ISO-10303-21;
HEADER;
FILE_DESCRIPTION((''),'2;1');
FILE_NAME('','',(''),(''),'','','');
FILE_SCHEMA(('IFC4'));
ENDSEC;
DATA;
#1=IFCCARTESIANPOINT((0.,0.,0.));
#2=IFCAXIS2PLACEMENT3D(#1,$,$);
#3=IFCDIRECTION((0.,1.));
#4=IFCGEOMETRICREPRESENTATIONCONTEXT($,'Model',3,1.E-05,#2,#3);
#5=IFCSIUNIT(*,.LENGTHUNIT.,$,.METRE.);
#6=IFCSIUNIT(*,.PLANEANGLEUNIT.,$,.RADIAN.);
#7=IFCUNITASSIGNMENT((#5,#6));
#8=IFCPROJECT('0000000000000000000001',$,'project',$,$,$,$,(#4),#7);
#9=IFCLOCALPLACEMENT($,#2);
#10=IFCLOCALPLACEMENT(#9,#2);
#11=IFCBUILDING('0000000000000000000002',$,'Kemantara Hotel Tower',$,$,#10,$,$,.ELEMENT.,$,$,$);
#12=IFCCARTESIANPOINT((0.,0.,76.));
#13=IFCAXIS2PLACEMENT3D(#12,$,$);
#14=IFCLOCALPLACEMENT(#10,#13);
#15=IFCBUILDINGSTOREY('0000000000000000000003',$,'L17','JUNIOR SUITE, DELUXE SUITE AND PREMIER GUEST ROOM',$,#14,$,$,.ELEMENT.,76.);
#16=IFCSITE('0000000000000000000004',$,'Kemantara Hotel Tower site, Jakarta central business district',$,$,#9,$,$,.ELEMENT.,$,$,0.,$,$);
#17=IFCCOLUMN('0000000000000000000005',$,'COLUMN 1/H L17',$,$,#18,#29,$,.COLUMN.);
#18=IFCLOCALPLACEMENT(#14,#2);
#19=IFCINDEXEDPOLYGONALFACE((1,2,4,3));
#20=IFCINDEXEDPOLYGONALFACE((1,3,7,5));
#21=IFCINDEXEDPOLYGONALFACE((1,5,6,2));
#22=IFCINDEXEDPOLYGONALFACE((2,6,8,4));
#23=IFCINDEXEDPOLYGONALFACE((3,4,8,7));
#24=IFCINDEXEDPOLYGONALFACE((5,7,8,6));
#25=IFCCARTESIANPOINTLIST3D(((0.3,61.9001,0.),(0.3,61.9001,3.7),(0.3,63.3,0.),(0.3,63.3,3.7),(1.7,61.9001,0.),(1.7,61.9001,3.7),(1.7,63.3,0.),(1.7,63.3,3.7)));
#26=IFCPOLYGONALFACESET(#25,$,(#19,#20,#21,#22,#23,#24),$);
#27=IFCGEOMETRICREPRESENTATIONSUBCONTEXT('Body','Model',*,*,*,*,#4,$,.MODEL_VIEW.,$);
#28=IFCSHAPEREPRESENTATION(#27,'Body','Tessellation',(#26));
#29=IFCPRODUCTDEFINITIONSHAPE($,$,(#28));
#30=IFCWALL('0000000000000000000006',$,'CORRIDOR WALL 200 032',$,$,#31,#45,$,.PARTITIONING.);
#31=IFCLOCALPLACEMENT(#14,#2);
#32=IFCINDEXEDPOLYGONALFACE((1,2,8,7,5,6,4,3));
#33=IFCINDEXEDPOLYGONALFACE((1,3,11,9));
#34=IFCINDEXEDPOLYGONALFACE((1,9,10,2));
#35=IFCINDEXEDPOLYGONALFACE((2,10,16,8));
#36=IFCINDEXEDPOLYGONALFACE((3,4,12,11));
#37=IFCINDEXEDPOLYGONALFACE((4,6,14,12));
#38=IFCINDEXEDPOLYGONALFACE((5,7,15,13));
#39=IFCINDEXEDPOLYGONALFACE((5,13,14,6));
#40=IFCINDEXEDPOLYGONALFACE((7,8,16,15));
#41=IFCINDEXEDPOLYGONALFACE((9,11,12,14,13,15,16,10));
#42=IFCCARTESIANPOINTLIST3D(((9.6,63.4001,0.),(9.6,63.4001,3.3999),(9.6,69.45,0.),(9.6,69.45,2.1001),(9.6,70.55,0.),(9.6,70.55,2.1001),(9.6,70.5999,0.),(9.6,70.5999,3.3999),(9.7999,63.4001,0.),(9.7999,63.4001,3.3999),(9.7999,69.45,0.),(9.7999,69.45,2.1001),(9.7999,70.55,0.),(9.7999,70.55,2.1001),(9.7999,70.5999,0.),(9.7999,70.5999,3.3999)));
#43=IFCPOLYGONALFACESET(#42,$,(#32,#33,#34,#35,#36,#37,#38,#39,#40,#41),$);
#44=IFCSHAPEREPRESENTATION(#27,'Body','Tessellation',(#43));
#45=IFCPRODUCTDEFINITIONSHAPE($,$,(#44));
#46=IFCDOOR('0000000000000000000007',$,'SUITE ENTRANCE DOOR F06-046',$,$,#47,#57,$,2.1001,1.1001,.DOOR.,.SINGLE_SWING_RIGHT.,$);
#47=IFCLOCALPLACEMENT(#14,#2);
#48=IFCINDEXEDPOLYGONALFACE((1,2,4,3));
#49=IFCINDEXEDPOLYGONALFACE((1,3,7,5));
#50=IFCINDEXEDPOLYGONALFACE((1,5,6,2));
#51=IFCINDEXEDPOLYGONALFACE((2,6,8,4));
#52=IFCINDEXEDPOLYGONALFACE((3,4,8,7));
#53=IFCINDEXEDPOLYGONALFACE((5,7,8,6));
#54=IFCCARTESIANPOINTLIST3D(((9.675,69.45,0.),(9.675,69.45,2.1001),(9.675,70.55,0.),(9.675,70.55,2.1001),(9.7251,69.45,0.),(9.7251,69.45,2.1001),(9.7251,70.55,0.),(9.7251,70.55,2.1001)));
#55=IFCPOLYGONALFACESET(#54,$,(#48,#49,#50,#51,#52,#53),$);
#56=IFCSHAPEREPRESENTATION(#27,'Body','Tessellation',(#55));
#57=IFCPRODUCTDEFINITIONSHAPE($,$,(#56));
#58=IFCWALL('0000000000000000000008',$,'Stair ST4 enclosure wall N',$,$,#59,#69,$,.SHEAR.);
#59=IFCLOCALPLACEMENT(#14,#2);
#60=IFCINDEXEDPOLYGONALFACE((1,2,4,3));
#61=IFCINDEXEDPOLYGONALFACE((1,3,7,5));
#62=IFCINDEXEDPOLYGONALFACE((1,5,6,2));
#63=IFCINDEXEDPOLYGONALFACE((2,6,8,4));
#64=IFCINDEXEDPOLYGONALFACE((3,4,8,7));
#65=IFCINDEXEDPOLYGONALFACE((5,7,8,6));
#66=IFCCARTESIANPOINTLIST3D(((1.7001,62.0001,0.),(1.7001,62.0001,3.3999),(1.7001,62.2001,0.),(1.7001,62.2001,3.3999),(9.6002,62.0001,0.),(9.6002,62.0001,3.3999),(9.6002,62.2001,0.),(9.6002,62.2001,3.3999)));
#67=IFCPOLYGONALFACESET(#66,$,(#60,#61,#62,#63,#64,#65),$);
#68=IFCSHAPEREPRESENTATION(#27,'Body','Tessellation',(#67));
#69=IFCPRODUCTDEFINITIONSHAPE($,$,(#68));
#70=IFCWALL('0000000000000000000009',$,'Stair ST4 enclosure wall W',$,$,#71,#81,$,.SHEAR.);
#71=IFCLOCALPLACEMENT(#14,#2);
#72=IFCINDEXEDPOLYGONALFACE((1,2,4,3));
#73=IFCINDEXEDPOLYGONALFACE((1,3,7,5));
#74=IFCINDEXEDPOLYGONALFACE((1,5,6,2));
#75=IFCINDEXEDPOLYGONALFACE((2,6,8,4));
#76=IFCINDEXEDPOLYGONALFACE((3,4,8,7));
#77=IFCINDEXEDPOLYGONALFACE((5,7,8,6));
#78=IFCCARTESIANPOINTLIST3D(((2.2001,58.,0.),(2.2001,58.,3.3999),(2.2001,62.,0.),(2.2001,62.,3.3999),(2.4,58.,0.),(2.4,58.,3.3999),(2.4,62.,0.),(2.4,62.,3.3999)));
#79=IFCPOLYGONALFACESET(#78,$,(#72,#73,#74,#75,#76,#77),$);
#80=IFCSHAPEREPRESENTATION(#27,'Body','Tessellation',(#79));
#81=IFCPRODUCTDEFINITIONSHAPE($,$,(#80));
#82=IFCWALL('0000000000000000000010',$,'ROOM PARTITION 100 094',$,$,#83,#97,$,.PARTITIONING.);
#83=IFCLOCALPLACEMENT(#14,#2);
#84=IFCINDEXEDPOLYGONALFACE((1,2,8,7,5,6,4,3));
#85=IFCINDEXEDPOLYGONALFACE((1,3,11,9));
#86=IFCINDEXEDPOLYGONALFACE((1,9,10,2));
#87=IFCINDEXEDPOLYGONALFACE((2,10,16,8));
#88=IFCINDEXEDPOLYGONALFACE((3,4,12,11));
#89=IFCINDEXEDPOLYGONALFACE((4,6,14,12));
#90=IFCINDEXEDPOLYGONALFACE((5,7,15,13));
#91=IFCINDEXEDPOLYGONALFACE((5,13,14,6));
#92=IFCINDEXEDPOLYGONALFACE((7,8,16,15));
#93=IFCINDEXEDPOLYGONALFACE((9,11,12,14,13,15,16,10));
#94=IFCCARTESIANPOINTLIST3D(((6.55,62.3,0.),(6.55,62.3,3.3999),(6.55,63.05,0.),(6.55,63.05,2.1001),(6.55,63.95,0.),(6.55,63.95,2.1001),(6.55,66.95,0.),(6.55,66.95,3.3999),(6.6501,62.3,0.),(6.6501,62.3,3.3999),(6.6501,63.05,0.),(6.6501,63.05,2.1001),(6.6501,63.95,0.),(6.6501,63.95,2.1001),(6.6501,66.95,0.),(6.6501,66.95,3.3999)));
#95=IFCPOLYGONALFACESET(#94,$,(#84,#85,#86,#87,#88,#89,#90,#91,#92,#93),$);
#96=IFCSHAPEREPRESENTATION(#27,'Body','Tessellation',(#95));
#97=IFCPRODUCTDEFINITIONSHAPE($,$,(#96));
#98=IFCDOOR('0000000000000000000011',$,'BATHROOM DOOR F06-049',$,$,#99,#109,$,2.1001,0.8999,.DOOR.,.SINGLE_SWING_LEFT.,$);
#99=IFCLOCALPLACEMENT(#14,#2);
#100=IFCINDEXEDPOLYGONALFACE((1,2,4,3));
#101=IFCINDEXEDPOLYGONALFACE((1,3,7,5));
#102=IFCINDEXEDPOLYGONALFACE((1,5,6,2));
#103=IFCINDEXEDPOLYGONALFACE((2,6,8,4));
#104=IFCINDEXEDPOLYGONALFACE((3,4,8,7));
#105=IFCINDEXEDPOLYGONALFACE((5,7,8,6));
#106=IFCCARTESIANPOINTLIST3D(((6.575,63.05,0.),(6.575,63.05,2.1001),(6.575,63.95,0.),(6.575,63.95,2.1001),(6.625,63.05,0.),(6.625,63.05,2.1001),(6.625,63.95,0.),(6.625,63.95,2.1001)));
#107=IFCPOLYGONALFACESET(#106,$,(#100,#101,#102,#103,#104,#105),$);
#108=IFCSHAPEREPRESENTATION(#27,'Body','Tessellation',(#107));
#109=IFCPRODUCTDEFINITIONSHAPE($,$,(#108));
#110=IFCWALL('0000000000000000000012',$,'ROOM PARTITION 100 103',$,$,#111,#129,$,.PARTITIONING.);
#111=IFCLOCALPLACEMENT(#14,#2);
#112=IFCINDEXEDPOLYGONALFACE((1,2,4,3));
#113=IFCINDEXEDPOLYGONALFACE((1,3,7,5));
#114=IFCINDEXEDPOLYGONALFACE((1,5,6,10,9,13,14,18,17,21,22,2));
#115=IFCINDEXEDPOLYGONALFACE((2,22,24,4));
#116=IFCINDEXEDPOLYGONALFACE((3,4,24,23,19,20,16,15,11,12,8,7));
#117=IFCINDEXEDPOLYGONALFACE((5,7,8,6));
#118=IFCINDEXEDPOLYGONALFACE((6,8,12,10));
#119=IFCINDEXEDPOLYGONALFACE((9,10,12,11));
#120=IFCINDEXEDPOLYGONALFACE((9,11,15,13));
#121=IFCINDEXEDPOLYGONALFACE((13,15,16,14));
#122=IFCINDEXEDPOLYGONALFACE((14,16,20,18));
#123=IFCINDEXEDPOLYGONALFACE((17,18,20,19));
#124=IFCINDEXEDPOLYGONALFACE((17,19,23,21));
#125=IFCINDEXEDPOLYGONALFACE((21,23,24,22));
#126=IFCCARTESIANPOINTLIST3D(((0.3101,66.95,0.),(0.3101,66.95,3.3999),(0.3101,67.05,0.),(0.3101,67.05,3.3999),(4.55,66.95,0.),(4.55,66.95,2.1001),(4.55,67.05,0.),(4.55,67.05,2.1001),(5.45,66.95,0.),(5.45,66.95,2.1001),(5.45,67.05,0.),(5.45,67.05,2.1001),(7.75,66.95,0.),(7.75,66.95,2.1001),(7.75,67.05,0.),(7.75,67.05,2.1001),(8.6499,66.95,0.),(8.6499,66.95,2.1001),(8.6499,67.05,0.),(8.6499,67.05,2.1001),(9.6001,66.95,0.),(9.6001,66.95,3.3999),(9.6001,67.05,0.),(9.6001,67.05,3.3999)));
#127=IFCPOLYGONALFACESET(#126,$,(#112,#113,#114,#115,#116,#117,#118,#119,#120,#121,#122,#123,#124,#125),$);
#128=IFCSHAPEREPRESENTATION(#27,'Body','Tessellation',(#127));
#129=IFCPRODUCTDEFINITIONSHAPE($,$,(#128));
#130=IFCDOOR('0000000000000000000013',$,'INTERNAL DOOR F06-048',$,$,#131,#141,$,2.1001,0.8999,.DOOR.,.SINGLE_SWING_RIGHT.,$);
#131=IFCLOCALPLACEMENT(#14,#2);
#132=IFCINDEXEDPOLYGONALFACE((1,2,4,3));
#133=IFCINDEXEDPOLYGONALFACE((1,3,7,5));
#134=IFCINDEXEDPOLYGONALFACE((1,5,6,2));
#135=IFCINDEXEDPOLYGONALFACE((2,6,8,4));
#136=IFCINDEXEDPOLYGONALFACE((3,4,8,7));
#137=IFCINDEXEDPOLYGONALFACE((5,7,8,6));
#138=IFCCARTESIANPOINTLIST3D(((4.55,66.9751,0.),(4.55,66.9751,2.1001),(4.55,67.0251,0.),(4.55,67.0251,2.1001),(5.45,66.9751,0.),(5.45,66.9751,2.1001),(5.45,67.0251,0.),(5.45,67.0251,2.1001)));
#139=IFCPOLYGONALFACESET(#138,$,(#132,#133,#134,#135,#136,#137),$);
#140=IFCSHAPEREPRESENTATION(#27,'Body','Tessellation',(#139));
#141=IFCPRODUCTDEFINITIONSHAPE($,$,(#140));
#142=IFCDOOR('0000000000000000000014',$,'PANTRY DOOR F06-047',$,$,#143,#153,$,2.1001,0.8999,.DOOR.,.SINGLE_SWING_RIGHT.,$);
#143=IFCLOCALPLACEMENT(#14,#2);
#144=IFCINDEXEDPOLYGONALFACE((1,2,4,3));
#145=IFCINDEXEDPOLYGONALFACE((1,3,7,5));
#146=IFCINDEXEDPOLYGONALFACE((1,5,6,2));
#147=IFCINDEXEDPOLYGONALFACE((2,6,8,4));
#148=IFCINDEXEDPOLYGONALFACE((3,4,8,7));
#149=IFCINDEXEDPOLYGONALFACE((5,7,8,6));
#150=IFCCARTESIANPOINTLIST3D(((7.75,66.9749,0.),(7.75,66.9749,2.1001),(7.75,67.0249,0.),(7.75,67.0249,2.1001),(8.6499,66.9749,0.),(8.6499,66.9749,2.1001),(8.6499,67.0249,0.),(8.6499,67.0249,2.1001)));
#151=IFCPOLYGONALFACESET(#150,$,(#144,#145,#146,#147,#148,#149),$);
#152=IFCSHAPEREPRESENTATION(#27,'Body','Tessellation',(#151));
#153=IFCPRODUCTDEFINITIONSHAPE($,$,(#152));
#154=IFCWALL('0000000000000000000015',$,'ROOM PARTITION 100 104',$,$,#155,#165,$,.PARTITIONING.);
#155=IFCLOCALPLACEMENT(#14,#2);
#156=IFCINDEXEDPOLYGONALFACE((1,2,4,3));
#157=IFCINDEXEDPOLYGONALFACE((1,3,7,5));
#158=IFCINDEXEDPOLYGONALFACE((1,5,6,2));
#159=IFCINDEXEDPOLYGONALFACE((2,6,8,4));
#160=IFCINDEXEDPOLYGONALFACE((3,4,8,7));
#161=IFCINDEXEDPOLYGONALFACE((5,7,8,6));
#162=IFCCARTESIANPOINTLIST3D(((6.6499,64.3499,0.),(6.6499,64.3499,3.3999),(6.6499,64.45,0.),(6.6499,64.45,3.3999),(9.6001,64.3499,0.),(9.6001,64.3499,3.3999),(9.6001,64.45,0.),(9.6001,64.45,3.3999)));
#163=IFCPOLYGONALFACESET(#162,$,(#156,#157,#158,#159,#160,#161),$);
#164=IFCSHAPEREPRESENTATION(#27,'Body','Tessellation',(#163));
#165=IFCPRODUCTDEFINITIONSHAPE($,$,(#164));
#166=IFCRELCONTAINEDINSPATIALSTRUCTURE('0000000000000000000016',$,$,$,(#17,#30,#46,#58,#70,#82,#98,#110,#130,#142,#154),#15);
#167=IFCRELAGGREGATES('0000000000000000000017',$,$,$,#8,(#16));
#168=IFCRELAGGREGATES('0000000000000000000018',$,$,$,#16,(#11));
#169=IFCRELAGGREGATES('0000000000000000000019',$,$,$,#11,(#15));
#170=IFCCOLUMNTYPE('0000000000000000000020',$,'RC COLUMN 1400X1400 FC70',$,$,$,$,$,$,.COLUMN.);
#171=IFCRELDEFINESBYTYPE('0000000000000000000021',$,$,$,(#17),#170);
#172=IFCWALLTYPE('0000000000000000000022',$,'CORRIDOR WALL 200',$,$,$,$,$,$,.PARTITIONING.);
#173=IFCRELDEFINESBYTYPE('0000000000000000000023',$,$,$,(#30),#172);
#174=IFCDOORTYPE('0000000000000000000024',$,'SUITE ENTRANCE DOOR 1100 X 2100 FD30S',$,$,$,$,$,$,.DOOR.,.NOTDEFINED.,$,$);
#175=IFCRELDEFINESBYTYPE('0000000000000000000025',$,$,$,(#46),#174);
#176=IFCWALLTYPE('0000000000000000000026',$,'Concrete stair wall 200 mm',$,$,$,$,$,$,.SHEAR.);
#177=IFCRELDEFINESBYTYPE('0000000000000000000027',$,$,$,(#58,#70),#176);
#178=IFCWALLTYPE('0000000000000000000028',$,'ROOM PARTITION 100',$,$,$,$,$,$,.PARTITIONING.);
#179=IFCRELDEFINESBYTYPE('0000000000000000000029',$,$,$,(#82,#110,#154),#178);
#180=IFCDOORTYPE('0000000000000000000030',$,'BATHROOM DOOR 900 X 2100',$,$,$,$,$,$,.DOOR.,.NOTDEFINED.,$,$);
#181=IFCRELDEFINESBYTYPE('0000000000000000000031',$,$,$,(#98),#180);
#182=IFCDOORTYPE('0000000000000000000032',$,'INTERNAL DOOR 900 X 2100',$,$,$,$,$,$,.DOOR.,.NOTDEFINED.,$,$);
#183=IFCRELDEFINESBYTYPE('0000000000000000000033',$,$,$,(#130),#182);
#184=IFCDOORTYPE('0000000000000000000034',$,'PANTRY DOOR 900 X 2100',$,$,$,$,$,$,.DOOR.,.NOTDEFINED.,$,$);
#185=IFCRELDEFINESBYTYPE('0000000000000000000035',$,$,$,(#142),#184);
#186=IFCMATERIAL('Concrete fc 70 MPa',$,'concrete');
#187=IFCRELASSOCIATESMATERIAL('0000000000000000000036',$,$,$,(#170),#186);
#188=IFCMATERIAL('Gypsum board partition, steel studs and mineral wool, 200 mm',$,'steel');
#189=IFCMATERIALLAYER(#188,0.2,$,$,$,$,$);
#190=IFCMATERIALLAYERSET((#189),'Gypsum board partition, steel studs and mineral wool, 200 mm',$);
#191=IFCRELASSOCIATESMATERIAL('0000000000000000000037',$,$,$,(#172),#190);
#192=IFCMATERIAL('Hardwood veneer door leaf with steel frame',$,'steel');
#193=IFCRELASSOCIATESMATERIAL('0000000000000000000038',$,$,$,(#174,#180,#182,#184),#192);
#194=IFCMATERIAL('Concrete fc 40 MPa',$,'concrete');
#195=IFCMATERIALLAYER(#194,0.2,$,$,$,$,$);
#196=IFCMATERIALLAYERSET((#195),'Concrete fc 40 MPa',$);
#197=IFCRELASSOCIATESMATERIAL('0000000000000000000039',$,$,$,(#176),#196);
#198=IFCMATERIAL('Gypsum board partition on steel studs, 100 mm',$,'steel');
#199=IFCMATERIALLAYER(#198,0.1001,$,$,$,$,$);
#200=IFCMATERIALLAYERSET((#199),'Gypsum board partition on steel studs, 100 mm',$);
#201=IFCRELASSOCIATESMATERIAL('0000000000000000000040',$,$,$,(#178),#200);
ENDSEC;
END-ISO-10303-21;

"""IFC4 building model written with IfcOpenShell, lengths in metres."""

from ifc_helpers import new_model, si_unit, direction, frame, frame_2d, origin, origin_2d, place, context, subcontext, project, spatial, rectangle, extrude, material, layer, layer_set, material_profile, profile_set, type_object, element, fill, save


model = new_model("IFC4")

# Units and contexts
model_context = context("Model", 3, precision=1e-05, world=origin(), true_north=direction((0.0, 1.0)))
body_context = subcontext(model_context, "Body", "Model", "MODEL_VIEW")
ifc_project = project(units=[si_unit("LENGTHUNIT", "METRE"), si_unit("PLANEANGLEUNIT", "RADIAN")], contexts=[model_context])

# Site, building, storey
site_placement = place(None, origin())
site = spatial("IfcSite", under=ifc_project, at=site_placement, Name="Kemantara Hotel Tower site, Jakarta central business district", CompositionType="ELEMENT", RefElevation=0.0)
building_placement = place(site_placement, origin())
building = spatial("IfcBuilding", under=site, at=building_placement, Name="Kemantara Hotel Tower", CompositionType="ELEMENT")
storey_placement = place(building_placement, frame((0.0, 0.0, 76.0)))
storey = spatial("IfcBuildingStorey", under=building, at=storey_placement, Name="L17", Description="JUNIOR SUITE, DELUXE SUITE AND PREMIER GUEST ROOM", CompositionType="ELEMENT", Elevation=76.0)

# Column
ifc_material_1 = material(Name="Concrete fc 70 MPa", Category="concrete")
ifc_material_profile = material_profile(ifc_material_1, rectangle(XDim=1.3999, YDim=1.3999, at=origin_2d()), Name="RC 1400X1400")
ifc_profile_set = profile_set([ifc_material_profile], Name="Concrete fc 70 MPa")
column_type = type_object("IfcColumnType", Name="RC COLUMN 1400X1400 FC70", PredefinedType="COLUMN", material=ifc_profile_set)
column_placement = place(storey_placement, frame((1.0, 62.6001, 0.0), z_axis=(0.0, 0.0, 1.0), x_axis=(1.0, 0.0, 0.0)))
element("IfcColumn", 1, at=column_placement, inside=storey, type_object=column_type, Name="COLUMN 1/H L17", PredefinedType="COLUMN", context=body_context, shape_type="SweptSolid", body=[
    extrude(rectangle(XDim=1.3999, YDim=1.3999, at=origin_2d()), origin(), (0.0, 0.0, 1.0), 3.7),
])

# Wall, opening, door
ifc_material_2 = material(Name="Gypsum board partition, steel studs and mineral wool, 200 mm", Category="steel")
ifc_layer_1 = layer(ifc_material_2, 0.2)
ifc_layer_set_1 = layer_set([ifc_layer_1], Name="Gypsum board partition, steel studs and mineral wool, 200 mm")
wall_type_1 = type_object("IfcWallType", Name="CORRIDOR WALL 200", PredefinedType="PARTITIONING", material=ifc_layer_set_1)
wall_1_placement = place(storey_placement, frame((9.7, 63.4001, 0.0), z_axis=(0.0, 0.0, 1.0), x_axis=(0.0, 1.0, 0.0)))
wall_1 = element("IfcWall", 2, at=wall_1_placement, inside=storey, type_object=wall_type_1, Name="CORRIDOR WALL 200 032", PredefinedType="PARTITIONING", context=body_context, shape_type="SweptSolid", body=[
    extrude(rectangle(XDim=7.1997, YDim=0.2, at=frame_2d((3.5999, 0.0))), origin(), (0.0, 0.0, 1.0), 3.3999),
])
opening_1_placement = place(wall_1_placement, frame((6.0498, 0.0, 0.0)))
opening_1 = element("IfcOpeningElement", 3, at=opening_1_placement, cuts=wall_1, PredefinedType="OPENING", context=body_context, shape_type="SweptSolid", body=[
    extrude(rectangle(XDim=1.1001, YDim=2.1001, at=frame_2d((0.55, 1.05))), frame((0.0, 0.1099, 0.0), z_axis=(0.0, -1.0, 0.0), x_axis=(1.0, 0.0, 0.0)), (0.0, 0.0, 1.0), 0.22),
])
ifc_material_3 = material(Name="Hardwood veneer door leaf with steel frame", Category="steel")
door_type_1 = type_object("IfcDoorType", Name="SUITE ENTRANCE DOOR 1100 X 2100 FD30S", OperationType="NOTDEFINED", PredefinedType="DOOR", material=ifc_material_3)
door_1_placement = place(opening_1_placement, origin())
door_1 = element("IfcDoor", 4, at=door_1_placement, inside=storey, type_object=door_type_1, Name="SUITE ENTRANCE DOOR F06-046", OperationType="SINGLE_SWING_RIGHT", OverallHeight=2.1001, OverallWidth=1.1001, PredefinedType="DOOR", context=body_context, shape_type="SweptSolid", body=[
    extrude(rectangle(XDim=1.1001, YDim=2.1001, at=frame_2d((0.55, 1.05))), frame((0.0, 0.0249, 0.0), z_axis=(0.0, -1.0, 0.0), x_axis=(1.0, 0.0, 0.0)), (0.0, 0.0, 1.0), 0.05),
])
fill(opening_1, door_1)

# Walls
ifc_material_4 = material(Name="Concrete fc 40 MPa", Category="concrete")
ifc_layer_2 = layer(ifc_material_4, 0.2)
ifc_layer_set_2 = layer_set([ifc_layer_2], Name="Concrete fc 40 MPa")
wall_type_2 = type_object("IfcWallType", Name="Concrete stair wall 200 mm", PredefinedType="SHEAR", material=ifc_layer_set_2)
wall_2_placement = place(storey_placement, frame((1.7, 62.1001, 0.0), z_axis=(0.0, 0.0, 1.0), x_axis=(1.0, 0.0, 0.0)))
element("IfcWall", 5, at=wall_2_placement, inside=storey, type_object=wall_type_2, Name="Stair ST4 enclosure wall N", PredefinedType="SHEAR", context=body_context, shape_type="SweptSolid", body=[
    extrude(rectangle(XDim=7.9001, YDim=0.2, at=frame_2d((3.9502, 0.0))), origin(), (0.0, 0.0, 1.0), 3.3999),
])
wall_3_placement = place(storey_placement, frame((2.3, 58.0, 0.0), z_axis=(0.0, 0.0, 1.0), x_axis=(0.0, 1.0, 0.0)))
element("IfcWall", 6, at=wall_3_placement, inside=storey, type_object=wall_type_2, Name="Stair ST4 enclosure wall W", PredefinedType="SHEAR", context=body_context, shape_type="SweptSolid", body=[
    extrude(rectangle(XDim=4.0, YDim=0.2, at=frame_2d((2.0, 0.0))), origin(), (0.0, 0.0, 1.0), 3.3999),
])

# Wall, opening, door
ifc_material_5 = material(Name="Gypsum board partition on steel studs, 100 mm", Category="steel")
ifc_layer_3 = layer(ifc_material_5, 0.1001)
ifc_layer_set_3 = layer_set([ifc_layer_3], Name="Gypsum board partition on steel studs, 100 mm")
wall_type_3 = type_object("IfcWallType", Name="ROOM PARTITION 100", PredefinedType="PARTITIONING", material=ifc_layer_set_3)
wall_4_placement = place(storey_placement, frame((6.6001, 66.95, 0.0), z_axis=(0.0, 0.0, 1.0), x_axis=(0.0, -1.0, 0.0)))
wall_4 = element("IfcWall", 7, at=wall_4_placement, inside=storey, type_object=wall_type_3, Name="ROOM PARTITION 100 094", PredefinedType="PARTITIONING", context=body_context, shape_type="SweptSolid", body=[
    extrude(rectangle(XDim=4.6499, YDim=0.1001, at=frame_2d((2.325, 0.0))), origin(), (0.0, 0.0, 1.0), 3.3999),
])
opening_2_placement = place(wall_4_placement, frame((3.0, 0.0, 0.0)))
opening_2 = element("IfcOpeningElement", 8, at=opening_2_placement, cuts=wall_4, PredefinedType="OPENING", context=body_context, shape_type="SweptSolid", body=[
    extrude(rectangle(XDim=0.8999, YDim=2.1001, at=frame_2d((0.45, 1.05))), frame((0.0, 0.0601, 0.0), z_axis=(0.0, -1.0, 0.0), x_axis=(1.0, 0.0, 0.0)), (0.0, 0.0, 1.0), 0.1201),
])
door_type_2 = type_object("IfcDoorType", Name="BATHROOM DOOR 900 X 2100", OperationType="NOTDEFINED", PredefinedType="DOOR", material=ifc_material_3)
door_2_placement = place(opening_2_placement, origin())
door_2 = element("IfcDoor", 9, at=door_2_placement, inside=storey, type_object=door_type_2, Name="BATHROOM DOOR F06-049", OperationType="SINGLE_SWING_LEFT", OverallHeight=2.1001, OverallWidth=0.8999, PredefinedType="DOOR", context=body_context, shape_type="SweptSolid", body=[
    extrude(rectangle(XDim=0.8999, YDim=2.1001, at=frame_2d((0.45, 1.05))), frame((0.0, 0.0249, 0.0), z_axis=(0.0, -1.0, 0.0), x_axis=(1.0, 0.0, 0.0)), (0.0, 0.0, 1.0), 0.05),
])
fill(opening_2, door_2)

# Wall, openings, doors
wall_5_placement = place(storey_placement, frame((0.3101, 67.0, 0.0), z_axis=(0.0, 0.0, 1.0), x_axis=(1.0, 0.0, 0.0)))
wall_5 = element("IfcWall", 10, at=wall_5_placement, inside=storey, type_object=wall_type_3, Name="ROOM PARTITION 100 103", PredefinedType="PARTITIONING", context=body_context, shape_type="SweptSolid", body=[
    extrude(rectangle(XDim=9.29, YDim=0.1001, at=frame_2d((4.645, 0.0))), origin(), (0.0, 0.0, 1.0), 3.3999),
])
opening_3_placement = place(wall_5_placement, frame((7.4399, 0.0, 0.0)))
opening_3 = element("IfcOpeningElement", 11, at=opening_3_placement, cuts=wall_5, PredefinedType="OPENING", context=body_context, shape_type="SweptSolid", body=[
    extrude(rectangle(XDim=0.8999, YDim=2.1001, at=frame_2d((0.45, 1.05))), frame((0.0, 0.0601, 0.0), z_axis=(0.0, -1.0, 0.0), x_axis=(1.0, 0.0, 0.0)), (0.0, 0.0, 1.0), 0.1201),
])
opening_4_placement = place(wall_5_placement, frame((4.24, 0.0, 0.0)))
opening_4 = element("IfcOpeningElement", 12, at=opening_4_placement, cuts=wall_5, PredefinedType="OPENING", context=body_context, shape_type="SweptSolid", body=[
    extrude(rectangle(XDim=0.8999, YDim=2.1001, at=frame_2d((0.45, 1.05))), frame((0.0, 0.0601, 0.0), z_axis=(0.0, -1.0, 0.0), x_axis=(1.0, 0.0, 0.0)), (0.0, 0.0, 1.0), 0.1201),
])
door_type_3 = type_object("IfcDoorType", Name="INTERNAL DOOR 900 X 2100", OperationType="NOTDEFINED", PredefinedType="DOOR", material=ifc_material_3)
door_3_placement = place(opening_4_placement, frame((0.8999, 0.0, 0.0), z_axis=(0.0, 0.0, 1.0), x_axis=(-1.0, 0.0, 0.0)))
door_3 = element("IfcDoor", 13, at=door_3_placement, inside=storey, type_object=door_type_3, Name="INTERNAL DOOR F06-048", OperationType="SINGLE_SWING_RIGHT", OverallHeight=2.1001, OverallWidth=0.8999, PredefinedType="DOOR", context=body_context, shape_type="SweptSolid", body=[
    extrude(rectangle(XDim=0.8999, YDim=2.1001, at=frame_2d((0.45, 1.05))), frame((0.0, 0.0249, 0.0), z_axis=(0.0, -1.0, 0.0), x_axis=(1.0, 0.0, 0.0)), (0.0, 0.0, 1.0), 0.05),
])
fill(opening_4, door_3)
door_type_4 = type_object("IfcDoorType", Name="PANTRY DOOR 900 X 2100", OperationType="NOTDEFINED", PredefinedType="DOOR", material=ifc_material_3)
door_4_placement = place(opening_3_placement, origin())
door_4 = element("IfcDoor", 14, at=door_4_placement, inside=storey, type_object=door_type_4, Name="PANTRY DOOR F06-047", OperationType="SINGLE_SWING_RIGHT", OverallHeight=2.1001, OverallWidth=0.8999, PredefinedType="DOOR", context=body_context, shape_type="SweptSolid", body=[
    extrude(rectangle(XDim=0.8999, YDim=2.1001, at=frame_2d((0.45, 1.05))), frame((0.0, 0.0249, 0.0), z_axis=(0.0, -1.0, 0.0), x_axis=(1.0, 0.0, 0.0)), (0.0, 0.0, 1.0), 0.05),
])
fill(opening_3, door_4)

# Wall
wall_6_placement = place(storey_placement, frame((6.6499, 64.3999, 0.0), z_axis=(0.0, 0.0, 1.0), x_axis=(1.0, 0.0, 0.0)))
element("IfcWall", 15, at=wall_6_placement, inside=storey, type_object=wall_type_3, Name="ROOM PARTITION 100 104", PredefinedType="PARTITIONING", context=body_context, shape_type="SweptSolid", body=[
    extrude(rectangle(XDim=2.9502, YDim=0.1001, at=frame_2d((1.4751, 0.0))), origin(), (0.0, 0.0, 1.0), 3.3999),
])

save(model, "model.ifc")
